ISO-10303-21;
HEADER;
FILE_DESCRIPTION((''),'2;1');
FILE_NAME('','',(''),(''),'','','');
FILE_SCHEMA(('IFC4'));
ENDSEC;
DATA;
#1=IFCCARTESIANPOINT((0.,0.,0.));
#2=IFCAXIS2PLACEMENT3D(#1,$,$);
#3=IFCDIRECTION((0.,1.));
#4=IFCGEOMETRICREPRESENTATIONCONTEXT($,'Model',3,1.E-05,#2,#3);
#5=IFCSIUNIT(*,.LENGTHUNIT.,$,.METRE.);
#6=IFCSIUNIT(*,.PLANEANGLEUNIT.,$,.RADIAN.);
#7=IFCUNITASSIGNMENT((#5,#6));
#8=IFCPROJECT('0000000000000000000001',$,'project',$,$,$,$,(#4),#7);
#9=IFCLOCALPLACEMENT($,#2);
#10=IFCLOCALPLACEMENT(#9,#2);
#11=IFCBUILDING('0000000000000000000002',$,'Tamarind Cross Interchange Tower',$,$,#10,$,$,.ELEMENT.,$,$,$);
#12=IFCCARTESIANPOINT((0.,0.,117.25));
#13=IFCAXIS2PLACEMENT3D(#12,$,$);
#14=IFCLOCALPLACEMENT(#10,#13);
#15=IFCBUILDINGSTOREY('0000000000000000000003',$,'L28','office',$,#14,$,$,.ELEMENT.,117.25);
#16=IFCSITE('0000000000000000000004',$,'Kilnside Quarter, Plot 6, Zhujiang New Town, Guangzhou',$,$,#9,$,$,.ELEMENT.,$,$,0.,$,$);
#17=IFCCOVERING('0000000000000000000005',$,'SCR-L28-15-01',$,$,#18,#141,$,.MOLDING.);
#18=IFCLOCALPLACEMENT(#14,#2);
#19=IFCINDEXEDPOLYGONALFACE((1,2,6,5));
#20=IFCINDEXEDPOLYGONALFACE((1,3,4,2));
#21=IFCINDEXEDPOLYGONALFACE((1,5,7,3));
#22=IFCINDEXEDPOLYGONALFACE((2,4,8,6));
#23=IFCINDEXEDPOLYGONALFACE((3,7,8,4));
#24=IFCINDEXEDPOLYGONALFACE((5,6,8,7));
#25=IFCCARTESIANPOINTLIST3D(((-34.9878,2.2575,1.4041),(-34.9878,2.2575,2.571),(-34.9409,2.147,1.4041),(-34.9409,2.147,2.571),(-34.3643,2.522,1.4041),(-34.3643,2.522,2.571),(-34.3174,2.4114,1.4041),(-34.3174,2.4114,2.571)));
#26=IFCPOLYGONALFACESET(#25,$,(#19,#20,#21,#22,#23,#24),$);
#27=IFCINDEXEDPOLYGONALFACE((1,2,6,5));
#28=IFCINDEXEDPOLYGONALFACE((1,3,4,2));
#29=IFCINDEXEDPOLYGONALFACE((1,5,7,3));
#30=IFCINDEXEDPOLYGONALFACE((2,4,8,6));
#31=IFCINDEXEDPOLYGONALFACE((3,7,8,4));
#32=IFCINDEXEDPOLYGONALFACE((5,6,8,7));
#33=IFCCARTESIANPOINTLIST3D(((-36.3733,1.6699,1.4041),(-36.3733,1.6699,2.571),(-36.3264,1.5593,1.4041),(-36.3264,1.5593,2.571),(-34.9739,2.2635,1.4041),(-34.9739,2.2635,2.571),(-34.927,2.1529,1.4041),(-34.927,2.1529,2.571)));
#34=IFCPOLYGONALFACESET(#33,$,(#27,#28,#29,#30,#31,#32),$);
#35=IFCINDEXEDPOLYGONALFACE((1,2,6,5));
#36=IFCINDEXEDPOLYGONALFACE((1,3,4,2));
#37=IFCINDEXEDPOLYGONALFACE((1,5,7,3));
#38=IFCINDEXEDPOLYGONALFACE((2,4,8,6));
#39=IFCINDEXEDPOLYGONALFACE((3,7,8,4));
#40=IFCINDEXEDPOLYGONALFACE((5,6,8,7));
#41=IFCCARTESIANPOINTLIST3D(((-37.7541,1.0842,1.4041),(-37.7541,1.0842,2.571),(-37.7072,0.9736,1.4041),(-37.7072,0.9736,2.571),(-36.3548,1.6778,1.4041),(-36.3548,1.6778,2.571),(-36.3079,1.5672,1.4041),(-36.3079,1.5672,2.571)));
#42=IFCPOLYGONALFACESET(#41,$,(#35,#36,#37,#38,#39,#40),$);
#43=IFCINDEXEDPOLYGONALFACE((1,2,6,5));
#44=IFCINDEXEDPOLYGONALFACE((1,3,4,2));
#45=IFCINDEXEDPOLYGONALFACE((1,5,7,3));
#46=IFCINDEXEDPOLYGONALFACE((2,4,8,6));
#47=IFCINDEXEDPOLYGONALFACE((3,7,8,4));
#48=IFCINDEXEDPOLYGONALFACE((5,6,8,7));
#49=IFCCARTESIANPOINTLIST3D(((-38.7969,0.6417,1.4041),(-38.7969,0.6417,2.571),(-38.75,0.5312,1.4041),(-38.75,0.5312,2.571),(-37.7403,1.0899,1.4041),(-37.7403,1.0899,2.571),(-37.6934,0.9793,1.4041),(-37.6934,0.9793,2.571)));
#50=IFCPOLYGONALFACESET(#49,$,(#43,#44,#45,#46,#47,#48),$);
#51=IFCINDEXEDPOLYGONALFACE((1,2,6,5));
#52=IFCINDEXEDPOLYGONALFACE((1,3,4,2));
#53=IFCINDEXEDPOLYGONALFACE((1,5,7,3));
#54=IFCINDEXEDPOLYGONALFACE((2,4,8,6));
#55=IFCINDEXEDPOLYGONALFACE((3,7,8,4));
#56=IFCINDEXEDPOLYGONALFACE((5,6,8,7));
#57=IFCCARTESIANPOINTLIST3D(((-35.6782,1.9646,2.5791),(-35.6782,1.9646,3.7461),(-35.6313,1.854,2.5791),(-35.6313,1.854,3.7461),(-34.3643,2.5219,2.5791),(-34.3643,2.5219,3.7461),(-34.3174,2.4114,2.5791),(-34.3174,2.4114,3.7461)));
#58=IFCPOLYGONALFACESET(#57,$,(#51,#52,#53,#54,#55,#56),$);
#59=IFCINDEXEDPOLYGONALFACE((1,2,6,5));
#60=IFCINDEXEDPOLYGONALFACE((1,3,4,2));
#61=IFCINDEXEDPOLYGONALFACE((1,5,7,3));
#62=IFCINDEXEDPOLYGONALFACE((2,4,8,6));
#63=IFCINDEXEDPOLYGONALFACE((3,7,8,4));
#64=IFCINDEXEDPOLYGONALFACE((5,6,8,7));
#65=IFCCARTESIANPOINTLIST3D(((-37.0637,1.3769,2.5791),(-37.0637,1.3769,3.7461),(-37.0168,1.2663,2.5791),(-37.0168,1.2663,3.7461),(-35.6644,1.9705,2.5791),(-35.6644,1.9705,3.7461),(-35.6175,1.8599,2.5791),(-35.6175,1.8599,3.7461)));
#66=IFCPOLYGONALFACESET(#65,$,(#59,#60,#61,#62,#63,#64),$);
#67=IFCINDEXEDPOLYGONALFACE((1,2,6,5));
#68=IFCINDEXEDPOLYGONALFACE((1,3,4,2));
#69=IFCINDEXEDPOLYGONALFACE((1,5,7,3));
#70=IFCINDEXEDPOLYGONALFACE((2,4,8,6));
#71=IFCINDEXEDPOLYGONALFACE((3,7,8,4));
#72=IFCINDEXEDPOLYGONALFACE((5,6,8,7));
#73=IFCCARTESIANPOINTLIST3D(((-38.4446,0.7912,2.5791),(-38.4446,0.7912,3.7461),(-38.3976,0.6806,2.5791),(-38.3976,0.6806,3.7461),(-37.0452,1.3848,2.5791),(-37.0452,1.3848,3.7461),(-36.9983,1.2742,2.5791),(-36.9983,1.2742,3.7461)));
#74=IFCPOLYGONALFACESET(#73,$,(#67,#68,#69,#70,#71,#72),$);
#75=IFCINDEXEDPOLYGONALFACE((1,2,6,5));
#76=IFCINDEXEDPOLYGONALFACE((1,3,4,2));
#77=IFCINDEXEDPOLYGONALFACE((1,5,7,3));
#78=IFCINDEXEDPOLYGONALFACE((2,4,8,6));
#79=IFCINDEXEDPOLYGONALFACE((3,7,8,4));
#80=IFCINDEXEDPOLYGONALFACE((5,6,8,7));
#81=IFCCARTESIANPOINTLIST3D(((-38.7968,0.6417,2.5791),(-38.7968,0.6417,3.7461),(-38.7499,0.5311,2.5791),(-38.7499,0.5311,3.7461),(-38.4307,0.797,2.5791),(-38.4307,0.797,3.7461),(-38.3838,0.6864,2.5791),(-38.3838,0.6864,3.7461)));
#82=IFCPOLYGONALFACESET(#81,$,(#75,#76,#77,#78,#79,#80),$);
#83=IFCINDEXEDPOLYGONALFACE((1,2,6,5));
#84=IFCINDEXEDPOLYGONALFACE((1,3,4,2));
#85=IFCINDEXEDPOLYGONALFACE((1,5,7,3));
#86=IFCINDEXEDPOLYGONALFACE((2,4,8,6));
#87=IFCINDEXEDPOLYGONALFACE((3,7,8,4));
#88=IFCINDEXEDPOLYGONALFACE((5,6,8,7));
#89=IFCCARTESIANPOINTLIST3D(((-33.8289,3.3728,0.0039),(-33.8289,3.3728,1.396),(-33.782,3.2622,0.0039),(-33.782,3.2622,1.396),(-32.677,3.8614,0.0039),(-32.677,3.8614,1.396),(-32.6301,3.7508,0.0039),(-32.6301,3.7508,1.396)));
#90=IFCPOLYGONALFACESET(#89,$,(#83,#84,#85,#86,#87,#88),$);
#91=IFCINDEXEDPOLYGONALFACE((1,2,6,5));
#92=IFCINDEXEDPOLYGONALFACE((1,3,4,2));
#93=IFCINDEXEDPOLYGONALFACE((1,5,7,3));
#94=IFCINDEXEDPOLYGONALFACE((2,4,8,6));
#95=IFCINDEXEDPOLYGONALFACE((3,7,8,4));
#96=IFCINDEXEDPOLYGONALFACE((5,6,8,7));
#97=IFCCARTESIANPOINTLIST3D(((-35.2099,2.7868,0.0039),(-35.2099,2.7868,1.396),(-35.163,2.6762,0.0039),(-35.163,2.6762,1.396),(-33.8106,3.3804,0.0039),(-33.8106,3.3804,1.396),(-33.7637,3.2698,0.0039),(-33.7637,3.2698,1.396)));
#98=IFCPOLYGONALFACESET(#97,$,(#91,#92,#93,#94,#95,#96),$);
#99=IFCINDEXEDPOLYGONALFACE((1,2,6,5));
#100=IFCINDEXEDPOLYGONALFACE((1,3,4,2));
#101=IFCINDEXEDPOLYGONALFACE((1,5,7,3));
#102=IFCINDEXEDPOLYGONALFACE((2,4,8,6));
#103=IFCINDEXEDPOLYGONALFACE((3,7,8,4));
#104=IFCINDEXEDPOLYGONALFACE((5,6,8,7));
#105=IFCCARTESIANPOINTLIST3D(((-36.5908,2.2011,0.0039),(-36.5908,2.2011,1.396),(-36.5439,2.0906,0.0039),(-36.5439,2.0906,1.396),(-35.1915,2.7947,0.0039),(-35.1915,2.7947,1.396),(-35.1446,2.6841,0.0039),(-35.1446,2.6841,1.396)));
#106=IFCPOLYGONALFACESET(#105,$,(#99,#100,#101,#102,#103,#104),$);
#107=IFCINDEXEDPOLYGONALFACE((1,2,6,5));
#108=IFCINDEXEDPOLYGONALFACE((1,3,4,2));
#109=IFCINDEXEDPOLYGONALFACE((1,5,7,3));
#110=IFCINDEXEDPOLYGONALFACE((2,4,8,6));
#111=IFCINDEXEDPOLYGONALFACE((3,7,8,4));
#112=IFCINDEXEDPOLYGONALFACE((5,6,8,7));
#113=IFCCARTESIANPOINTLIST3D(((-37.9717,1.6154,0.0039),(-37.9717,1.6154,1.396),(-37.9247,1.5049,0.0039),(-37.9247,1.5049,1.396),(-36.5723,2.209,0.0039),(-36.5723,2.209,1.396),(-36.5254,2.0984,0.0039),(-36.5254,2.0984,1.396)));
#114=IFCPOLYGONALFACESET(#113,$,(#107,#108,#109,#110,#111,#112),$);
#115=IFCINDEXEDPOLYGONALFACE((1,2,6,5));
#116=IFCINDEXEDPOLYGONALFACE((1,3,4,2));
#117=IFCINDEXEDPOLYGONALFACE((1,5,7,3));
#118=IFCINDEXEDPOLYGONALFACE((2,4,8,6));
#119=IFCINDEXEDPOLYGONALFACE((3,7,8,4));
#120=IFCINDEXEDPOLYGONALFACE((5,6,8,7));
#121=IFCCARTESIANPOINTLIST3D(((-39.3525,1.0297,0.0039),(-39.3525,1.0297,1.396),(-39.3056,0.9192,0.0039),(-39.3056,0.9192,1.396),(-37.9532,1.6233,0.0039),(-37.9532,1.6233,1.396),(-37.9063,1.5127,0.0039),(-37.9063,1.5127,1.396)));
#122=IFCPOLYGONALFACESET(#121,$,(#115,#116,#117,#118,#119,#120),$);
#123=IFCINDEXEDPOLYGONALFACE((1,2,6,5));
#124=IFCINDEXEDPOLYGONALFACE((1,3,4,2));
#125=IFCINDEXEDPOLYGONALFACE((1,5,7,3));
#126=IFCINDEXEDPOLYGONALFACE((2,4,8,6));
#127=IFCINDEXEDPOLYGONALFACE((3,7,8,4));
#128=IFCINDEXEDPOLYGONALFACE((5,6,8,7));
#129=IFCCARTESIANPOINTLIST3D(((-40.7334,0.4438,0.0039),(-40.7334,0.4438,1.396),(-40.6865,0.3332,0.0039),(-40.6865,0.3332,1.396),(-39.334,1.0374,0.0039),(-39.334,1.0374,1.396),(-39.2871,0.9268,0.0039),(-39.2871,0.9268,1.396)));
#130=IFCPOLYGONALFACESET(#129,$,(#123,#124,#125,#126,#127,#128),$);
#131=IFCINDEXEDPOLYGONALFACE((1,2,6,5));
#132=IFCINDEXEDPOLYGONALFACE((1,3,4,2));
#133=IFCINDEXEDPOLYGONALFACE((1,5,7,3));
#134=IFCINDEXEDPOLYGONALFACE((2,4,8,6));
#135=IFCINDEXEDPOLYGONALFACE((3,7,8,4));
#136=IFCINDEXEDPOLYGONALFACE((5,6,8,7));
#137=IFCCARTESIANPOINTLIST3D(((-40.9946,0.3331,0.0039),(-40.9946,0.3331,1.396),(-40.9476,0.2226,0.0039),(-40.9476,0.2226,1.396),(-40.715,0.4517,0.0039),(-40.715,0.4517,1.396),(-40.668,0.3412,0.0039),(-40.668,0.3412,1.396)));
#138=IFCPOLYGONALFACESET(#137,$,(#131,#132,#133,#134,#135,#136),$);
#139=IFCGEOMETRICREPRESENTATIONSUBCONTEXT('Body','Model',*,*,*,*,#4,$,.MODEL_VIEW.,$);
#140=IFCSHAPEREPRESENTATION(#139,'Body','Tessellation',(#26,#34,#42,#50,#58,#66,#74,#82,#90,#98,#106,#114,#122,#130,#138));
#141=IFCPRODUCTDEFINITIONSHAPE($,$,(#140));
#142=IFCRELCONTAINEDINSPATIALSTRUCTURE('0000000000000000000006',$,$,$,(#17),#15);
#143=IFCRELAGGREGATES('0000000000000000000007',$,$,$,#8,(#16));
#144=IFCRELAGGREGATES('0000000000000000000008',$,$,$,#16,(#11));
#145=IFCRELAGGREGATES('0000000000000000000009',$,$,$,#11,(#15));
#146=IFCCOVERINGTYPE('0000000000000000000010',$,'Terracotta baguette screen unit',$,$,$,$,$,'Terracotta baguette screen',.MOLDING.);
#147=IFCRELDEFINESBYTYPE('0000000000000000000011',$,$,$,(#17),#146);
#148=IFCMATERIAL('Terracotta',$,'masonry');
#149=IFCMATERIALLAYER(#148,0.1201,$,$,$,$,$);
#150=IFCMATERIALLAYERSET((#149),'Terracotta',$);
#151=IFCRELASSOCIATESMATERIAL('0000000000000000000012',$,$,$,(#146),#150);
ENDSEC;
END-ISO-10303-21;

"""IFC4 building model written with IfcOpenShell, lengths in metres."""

from ifc_helpers import new_model, si_unit, direction, frame, origin, origin_2d, place, context, subcontext, project, spatial, rectangle, extrude, material, layer, layer_set, type_object, element, save


model = new_model("IFC4")

# Units and contexts
model_context = context("Model", 3, precision=1e-05, world=origin(), true_north=direction((0.0, 1.0)))
body_context = subcontext(model_context, "Body", "Model", "MODEL_VIEW")
ifc_project = project(units=[si_unit("LENGTHUNIT", "METRE"), si_unit("PLANEANGLEUNIT", "RADIAN")], contexts=[model_context])

# Site, building, storey
site_placement = place(None, origin())
site = spatial("IfcSite", under=ifc_project, at=site_placement, Name="Kilnside Quarter, Plot 6, Zhujiang New Town, Guangzhou", CompositionType="ELEMENT", RefElevation=0.0)
building_placement = place(site_placement, origin())
building = spatial("IfcBuilding", under=site, at=building_placement, Name="Tamarind Cross Interchange Tower", CompositionType="ELEMENT")
storey_placement = place(building_placement, frame((0.0, 0.0, 117.25)))
storey = spatial("IfcBuildingStorey", under=building, at=storey_placement, Name="L28", Description="office", CompositionType="ELEMENT", Elevation=117.25)

# Covering
ifc_material_1 = material(Name="Terracotta", Category="masonry")
ifc_layer_1 = layer(ifc_material_1, 0.1201)
ifc_layer_set_1 = layer_set([ifc_layer_1], Name="Terracotta")
covering_type = type_object("IfcCoveringType", Name="Terracotta baguette screen unit", ElementType="Terracotta baguette screen", PredefinedType="MOLDING", material=ifc_layer_set_1)
covering_1_placement = place(storey_placement, origin())
element("IfcCovering", 1, at=covering_1_placement, inside=storey, type_object=covering_type, Name="SCR-L28-15-01", PredefinedType="MOLDING", context=body_context, shape_type="SweptSolid", body=[
    extrude(rectangle(XDim=0.6772, YDim=0.1201, at=origin_2d()), frame((-34.6526, 2.3345, 1.4041), z_axis=(0.0, 0.0, 1.0), x_axis=(-0.920603, -0.3905, 0.0)), (0.0, 0.0, 1.0), 1.167),
    extrude(rectangle(XDim=1.52, YDim=0.1201, at=origin_2d()), frame((-35.6501, 1.9114, 1.4041), z_axis=(0.0, 0.0, 1.0), x_axis=(-0.920603, -0.3905, 0.0)), (0.0, 0.0, 1.0), 1.167),
    extrude(rectangle(XDim=1.52, YDim=0.1201, at=origin_2d()), frame((-37.031, 1.3257, 1.4041), z_axis=(0.0, 0.0, 1.0), x_axis=(-0.920603, -0.3905, 0.0)), (0.0, 0.0, 1.0), 1.167),
    extrude(rectangle(XDim=1.1477, YDim=0.1201, at=origin_2d()), frame((-38.2451, 0.8105, 1.4041), z_axis=(0.0, 0.0, 1.0), x_axis=(-0.920603, -0.3905, 0.0)), (0.0, 0.0, 1.0), 1.167),
    extrude(rectangle(XDim=1.4272, YDim=0.1201, at=origin_2d()), frame((-34.9978, 2.188, 2.5791), z_axis=(0.0, 0.0, 1.0), x_axis=(-0.920603, -0.3905, 0.0)), (0.0, 0.0, 1.0), 1.167),
    extrude(rectangle(XDim=1.52, YDim=0.1201, at=origin_2d()), frame((-36.3406, 1.6184, 2.5791), z_axis=(0.0, 0.0, 1.0), x_axis=(-0.920603, -0.3905, 0.0)), (0.0, 0.0, 1.0), 1.167),
    extrude(rectangle(XDim=1.52, YDim=0.1201, at=origin_2d()), frame((-37.7214, 1.0327, 2.5791), z_axis=(0.0, 0.0, 1.0), x_axis=(-0.920603, -0.3905, 0.0)), (0.0, 0.0, 1.0), 1.167),
    extrude(rectangle(XDim=0.3977, YDim=0.1201, at=origin_2d()), frame((-38.5903, 0.6641, 2.5791), z_axis=(0.0, 0.0, 1.0), x_axis=(-0.920603, -0.3905, 0.0)), (0.0, 0.0, 1.0), 1.167),
    extrude(rectangle(XDim=1.2512, YDim=0.1201, at=origin_2d()), frame((-33.2295, 3.5618, 0.0039), z_axis=(0.0, 0.0, 1.0), x_axis=(-0.920603, -0.3905, 0.0)), (0.0, 0.0, 1.0), 1.3921),
    extrude(rectangle(XDim=1.52, YDim=0.1201, at=origin_2d()), frame((-34.4868, 3.0283, 0.0039), z_axis=(0.0, 0.0, 1.0), x_axis=(-0.920603, -0.3905, 0.0)), (0.0, 0.0, 1.0), 1.3921),
    extrude(rectangle(XDim=1.52, YDim=0.1201, at=origin_2d()), frame((-35.8677, 2.4426, 0.0039), z_axis=(0.0, 0.0, 1.0), x_axis=(-0.920603, -0.3905, 0.0)), (0.0, 0.0, 1.0), 1.3921),
    extrude(rectangle(XDim=1.52, YDim=0.1201, at=origin_2d()), frame((-37.2485, 1.8569, 0.0039), z_axis=(0.0, 0.0, 1.0), x_axis=(-0.920603, -0.3905, 0.0)), (0.0, 0.0, 1.0), 1.3921),
    extrude(rectangle(XDim=1.52, YDim=0.1201, at=origin_2d()), frame((-38.6294, 1.2712, 0.0039), z_axis=(0.0, 0.0, 1.0), x_axis=(-0.920603, -0.3905, 0.0)), (0.0, 0.0, 1.0), 1.3921),
    extrude(rectangle(XDim=1.52, YDim=0.1201, at=origin_2d()), frame((-40.0103, 0.6853, 0.0039), z_axis=(0.0, 0.0, 1.0), x_axis=(-0.920603, -0.3905, 0.0)), (0.0, 0.0, 1.0), 1.3921),
    extrude(rectangle(XDim=0.3037, YDim=0.1201, at=origin_2d()), frame((-40.8313, 0.3372, 0.0039), z_axis=(0.0, 0.0, 1.0), x_axis=(-0.920603, -0.3905, 0.0)), (0.0, 0.0, 1.0), 1.3921),
])

save(model, "model.ifc")
